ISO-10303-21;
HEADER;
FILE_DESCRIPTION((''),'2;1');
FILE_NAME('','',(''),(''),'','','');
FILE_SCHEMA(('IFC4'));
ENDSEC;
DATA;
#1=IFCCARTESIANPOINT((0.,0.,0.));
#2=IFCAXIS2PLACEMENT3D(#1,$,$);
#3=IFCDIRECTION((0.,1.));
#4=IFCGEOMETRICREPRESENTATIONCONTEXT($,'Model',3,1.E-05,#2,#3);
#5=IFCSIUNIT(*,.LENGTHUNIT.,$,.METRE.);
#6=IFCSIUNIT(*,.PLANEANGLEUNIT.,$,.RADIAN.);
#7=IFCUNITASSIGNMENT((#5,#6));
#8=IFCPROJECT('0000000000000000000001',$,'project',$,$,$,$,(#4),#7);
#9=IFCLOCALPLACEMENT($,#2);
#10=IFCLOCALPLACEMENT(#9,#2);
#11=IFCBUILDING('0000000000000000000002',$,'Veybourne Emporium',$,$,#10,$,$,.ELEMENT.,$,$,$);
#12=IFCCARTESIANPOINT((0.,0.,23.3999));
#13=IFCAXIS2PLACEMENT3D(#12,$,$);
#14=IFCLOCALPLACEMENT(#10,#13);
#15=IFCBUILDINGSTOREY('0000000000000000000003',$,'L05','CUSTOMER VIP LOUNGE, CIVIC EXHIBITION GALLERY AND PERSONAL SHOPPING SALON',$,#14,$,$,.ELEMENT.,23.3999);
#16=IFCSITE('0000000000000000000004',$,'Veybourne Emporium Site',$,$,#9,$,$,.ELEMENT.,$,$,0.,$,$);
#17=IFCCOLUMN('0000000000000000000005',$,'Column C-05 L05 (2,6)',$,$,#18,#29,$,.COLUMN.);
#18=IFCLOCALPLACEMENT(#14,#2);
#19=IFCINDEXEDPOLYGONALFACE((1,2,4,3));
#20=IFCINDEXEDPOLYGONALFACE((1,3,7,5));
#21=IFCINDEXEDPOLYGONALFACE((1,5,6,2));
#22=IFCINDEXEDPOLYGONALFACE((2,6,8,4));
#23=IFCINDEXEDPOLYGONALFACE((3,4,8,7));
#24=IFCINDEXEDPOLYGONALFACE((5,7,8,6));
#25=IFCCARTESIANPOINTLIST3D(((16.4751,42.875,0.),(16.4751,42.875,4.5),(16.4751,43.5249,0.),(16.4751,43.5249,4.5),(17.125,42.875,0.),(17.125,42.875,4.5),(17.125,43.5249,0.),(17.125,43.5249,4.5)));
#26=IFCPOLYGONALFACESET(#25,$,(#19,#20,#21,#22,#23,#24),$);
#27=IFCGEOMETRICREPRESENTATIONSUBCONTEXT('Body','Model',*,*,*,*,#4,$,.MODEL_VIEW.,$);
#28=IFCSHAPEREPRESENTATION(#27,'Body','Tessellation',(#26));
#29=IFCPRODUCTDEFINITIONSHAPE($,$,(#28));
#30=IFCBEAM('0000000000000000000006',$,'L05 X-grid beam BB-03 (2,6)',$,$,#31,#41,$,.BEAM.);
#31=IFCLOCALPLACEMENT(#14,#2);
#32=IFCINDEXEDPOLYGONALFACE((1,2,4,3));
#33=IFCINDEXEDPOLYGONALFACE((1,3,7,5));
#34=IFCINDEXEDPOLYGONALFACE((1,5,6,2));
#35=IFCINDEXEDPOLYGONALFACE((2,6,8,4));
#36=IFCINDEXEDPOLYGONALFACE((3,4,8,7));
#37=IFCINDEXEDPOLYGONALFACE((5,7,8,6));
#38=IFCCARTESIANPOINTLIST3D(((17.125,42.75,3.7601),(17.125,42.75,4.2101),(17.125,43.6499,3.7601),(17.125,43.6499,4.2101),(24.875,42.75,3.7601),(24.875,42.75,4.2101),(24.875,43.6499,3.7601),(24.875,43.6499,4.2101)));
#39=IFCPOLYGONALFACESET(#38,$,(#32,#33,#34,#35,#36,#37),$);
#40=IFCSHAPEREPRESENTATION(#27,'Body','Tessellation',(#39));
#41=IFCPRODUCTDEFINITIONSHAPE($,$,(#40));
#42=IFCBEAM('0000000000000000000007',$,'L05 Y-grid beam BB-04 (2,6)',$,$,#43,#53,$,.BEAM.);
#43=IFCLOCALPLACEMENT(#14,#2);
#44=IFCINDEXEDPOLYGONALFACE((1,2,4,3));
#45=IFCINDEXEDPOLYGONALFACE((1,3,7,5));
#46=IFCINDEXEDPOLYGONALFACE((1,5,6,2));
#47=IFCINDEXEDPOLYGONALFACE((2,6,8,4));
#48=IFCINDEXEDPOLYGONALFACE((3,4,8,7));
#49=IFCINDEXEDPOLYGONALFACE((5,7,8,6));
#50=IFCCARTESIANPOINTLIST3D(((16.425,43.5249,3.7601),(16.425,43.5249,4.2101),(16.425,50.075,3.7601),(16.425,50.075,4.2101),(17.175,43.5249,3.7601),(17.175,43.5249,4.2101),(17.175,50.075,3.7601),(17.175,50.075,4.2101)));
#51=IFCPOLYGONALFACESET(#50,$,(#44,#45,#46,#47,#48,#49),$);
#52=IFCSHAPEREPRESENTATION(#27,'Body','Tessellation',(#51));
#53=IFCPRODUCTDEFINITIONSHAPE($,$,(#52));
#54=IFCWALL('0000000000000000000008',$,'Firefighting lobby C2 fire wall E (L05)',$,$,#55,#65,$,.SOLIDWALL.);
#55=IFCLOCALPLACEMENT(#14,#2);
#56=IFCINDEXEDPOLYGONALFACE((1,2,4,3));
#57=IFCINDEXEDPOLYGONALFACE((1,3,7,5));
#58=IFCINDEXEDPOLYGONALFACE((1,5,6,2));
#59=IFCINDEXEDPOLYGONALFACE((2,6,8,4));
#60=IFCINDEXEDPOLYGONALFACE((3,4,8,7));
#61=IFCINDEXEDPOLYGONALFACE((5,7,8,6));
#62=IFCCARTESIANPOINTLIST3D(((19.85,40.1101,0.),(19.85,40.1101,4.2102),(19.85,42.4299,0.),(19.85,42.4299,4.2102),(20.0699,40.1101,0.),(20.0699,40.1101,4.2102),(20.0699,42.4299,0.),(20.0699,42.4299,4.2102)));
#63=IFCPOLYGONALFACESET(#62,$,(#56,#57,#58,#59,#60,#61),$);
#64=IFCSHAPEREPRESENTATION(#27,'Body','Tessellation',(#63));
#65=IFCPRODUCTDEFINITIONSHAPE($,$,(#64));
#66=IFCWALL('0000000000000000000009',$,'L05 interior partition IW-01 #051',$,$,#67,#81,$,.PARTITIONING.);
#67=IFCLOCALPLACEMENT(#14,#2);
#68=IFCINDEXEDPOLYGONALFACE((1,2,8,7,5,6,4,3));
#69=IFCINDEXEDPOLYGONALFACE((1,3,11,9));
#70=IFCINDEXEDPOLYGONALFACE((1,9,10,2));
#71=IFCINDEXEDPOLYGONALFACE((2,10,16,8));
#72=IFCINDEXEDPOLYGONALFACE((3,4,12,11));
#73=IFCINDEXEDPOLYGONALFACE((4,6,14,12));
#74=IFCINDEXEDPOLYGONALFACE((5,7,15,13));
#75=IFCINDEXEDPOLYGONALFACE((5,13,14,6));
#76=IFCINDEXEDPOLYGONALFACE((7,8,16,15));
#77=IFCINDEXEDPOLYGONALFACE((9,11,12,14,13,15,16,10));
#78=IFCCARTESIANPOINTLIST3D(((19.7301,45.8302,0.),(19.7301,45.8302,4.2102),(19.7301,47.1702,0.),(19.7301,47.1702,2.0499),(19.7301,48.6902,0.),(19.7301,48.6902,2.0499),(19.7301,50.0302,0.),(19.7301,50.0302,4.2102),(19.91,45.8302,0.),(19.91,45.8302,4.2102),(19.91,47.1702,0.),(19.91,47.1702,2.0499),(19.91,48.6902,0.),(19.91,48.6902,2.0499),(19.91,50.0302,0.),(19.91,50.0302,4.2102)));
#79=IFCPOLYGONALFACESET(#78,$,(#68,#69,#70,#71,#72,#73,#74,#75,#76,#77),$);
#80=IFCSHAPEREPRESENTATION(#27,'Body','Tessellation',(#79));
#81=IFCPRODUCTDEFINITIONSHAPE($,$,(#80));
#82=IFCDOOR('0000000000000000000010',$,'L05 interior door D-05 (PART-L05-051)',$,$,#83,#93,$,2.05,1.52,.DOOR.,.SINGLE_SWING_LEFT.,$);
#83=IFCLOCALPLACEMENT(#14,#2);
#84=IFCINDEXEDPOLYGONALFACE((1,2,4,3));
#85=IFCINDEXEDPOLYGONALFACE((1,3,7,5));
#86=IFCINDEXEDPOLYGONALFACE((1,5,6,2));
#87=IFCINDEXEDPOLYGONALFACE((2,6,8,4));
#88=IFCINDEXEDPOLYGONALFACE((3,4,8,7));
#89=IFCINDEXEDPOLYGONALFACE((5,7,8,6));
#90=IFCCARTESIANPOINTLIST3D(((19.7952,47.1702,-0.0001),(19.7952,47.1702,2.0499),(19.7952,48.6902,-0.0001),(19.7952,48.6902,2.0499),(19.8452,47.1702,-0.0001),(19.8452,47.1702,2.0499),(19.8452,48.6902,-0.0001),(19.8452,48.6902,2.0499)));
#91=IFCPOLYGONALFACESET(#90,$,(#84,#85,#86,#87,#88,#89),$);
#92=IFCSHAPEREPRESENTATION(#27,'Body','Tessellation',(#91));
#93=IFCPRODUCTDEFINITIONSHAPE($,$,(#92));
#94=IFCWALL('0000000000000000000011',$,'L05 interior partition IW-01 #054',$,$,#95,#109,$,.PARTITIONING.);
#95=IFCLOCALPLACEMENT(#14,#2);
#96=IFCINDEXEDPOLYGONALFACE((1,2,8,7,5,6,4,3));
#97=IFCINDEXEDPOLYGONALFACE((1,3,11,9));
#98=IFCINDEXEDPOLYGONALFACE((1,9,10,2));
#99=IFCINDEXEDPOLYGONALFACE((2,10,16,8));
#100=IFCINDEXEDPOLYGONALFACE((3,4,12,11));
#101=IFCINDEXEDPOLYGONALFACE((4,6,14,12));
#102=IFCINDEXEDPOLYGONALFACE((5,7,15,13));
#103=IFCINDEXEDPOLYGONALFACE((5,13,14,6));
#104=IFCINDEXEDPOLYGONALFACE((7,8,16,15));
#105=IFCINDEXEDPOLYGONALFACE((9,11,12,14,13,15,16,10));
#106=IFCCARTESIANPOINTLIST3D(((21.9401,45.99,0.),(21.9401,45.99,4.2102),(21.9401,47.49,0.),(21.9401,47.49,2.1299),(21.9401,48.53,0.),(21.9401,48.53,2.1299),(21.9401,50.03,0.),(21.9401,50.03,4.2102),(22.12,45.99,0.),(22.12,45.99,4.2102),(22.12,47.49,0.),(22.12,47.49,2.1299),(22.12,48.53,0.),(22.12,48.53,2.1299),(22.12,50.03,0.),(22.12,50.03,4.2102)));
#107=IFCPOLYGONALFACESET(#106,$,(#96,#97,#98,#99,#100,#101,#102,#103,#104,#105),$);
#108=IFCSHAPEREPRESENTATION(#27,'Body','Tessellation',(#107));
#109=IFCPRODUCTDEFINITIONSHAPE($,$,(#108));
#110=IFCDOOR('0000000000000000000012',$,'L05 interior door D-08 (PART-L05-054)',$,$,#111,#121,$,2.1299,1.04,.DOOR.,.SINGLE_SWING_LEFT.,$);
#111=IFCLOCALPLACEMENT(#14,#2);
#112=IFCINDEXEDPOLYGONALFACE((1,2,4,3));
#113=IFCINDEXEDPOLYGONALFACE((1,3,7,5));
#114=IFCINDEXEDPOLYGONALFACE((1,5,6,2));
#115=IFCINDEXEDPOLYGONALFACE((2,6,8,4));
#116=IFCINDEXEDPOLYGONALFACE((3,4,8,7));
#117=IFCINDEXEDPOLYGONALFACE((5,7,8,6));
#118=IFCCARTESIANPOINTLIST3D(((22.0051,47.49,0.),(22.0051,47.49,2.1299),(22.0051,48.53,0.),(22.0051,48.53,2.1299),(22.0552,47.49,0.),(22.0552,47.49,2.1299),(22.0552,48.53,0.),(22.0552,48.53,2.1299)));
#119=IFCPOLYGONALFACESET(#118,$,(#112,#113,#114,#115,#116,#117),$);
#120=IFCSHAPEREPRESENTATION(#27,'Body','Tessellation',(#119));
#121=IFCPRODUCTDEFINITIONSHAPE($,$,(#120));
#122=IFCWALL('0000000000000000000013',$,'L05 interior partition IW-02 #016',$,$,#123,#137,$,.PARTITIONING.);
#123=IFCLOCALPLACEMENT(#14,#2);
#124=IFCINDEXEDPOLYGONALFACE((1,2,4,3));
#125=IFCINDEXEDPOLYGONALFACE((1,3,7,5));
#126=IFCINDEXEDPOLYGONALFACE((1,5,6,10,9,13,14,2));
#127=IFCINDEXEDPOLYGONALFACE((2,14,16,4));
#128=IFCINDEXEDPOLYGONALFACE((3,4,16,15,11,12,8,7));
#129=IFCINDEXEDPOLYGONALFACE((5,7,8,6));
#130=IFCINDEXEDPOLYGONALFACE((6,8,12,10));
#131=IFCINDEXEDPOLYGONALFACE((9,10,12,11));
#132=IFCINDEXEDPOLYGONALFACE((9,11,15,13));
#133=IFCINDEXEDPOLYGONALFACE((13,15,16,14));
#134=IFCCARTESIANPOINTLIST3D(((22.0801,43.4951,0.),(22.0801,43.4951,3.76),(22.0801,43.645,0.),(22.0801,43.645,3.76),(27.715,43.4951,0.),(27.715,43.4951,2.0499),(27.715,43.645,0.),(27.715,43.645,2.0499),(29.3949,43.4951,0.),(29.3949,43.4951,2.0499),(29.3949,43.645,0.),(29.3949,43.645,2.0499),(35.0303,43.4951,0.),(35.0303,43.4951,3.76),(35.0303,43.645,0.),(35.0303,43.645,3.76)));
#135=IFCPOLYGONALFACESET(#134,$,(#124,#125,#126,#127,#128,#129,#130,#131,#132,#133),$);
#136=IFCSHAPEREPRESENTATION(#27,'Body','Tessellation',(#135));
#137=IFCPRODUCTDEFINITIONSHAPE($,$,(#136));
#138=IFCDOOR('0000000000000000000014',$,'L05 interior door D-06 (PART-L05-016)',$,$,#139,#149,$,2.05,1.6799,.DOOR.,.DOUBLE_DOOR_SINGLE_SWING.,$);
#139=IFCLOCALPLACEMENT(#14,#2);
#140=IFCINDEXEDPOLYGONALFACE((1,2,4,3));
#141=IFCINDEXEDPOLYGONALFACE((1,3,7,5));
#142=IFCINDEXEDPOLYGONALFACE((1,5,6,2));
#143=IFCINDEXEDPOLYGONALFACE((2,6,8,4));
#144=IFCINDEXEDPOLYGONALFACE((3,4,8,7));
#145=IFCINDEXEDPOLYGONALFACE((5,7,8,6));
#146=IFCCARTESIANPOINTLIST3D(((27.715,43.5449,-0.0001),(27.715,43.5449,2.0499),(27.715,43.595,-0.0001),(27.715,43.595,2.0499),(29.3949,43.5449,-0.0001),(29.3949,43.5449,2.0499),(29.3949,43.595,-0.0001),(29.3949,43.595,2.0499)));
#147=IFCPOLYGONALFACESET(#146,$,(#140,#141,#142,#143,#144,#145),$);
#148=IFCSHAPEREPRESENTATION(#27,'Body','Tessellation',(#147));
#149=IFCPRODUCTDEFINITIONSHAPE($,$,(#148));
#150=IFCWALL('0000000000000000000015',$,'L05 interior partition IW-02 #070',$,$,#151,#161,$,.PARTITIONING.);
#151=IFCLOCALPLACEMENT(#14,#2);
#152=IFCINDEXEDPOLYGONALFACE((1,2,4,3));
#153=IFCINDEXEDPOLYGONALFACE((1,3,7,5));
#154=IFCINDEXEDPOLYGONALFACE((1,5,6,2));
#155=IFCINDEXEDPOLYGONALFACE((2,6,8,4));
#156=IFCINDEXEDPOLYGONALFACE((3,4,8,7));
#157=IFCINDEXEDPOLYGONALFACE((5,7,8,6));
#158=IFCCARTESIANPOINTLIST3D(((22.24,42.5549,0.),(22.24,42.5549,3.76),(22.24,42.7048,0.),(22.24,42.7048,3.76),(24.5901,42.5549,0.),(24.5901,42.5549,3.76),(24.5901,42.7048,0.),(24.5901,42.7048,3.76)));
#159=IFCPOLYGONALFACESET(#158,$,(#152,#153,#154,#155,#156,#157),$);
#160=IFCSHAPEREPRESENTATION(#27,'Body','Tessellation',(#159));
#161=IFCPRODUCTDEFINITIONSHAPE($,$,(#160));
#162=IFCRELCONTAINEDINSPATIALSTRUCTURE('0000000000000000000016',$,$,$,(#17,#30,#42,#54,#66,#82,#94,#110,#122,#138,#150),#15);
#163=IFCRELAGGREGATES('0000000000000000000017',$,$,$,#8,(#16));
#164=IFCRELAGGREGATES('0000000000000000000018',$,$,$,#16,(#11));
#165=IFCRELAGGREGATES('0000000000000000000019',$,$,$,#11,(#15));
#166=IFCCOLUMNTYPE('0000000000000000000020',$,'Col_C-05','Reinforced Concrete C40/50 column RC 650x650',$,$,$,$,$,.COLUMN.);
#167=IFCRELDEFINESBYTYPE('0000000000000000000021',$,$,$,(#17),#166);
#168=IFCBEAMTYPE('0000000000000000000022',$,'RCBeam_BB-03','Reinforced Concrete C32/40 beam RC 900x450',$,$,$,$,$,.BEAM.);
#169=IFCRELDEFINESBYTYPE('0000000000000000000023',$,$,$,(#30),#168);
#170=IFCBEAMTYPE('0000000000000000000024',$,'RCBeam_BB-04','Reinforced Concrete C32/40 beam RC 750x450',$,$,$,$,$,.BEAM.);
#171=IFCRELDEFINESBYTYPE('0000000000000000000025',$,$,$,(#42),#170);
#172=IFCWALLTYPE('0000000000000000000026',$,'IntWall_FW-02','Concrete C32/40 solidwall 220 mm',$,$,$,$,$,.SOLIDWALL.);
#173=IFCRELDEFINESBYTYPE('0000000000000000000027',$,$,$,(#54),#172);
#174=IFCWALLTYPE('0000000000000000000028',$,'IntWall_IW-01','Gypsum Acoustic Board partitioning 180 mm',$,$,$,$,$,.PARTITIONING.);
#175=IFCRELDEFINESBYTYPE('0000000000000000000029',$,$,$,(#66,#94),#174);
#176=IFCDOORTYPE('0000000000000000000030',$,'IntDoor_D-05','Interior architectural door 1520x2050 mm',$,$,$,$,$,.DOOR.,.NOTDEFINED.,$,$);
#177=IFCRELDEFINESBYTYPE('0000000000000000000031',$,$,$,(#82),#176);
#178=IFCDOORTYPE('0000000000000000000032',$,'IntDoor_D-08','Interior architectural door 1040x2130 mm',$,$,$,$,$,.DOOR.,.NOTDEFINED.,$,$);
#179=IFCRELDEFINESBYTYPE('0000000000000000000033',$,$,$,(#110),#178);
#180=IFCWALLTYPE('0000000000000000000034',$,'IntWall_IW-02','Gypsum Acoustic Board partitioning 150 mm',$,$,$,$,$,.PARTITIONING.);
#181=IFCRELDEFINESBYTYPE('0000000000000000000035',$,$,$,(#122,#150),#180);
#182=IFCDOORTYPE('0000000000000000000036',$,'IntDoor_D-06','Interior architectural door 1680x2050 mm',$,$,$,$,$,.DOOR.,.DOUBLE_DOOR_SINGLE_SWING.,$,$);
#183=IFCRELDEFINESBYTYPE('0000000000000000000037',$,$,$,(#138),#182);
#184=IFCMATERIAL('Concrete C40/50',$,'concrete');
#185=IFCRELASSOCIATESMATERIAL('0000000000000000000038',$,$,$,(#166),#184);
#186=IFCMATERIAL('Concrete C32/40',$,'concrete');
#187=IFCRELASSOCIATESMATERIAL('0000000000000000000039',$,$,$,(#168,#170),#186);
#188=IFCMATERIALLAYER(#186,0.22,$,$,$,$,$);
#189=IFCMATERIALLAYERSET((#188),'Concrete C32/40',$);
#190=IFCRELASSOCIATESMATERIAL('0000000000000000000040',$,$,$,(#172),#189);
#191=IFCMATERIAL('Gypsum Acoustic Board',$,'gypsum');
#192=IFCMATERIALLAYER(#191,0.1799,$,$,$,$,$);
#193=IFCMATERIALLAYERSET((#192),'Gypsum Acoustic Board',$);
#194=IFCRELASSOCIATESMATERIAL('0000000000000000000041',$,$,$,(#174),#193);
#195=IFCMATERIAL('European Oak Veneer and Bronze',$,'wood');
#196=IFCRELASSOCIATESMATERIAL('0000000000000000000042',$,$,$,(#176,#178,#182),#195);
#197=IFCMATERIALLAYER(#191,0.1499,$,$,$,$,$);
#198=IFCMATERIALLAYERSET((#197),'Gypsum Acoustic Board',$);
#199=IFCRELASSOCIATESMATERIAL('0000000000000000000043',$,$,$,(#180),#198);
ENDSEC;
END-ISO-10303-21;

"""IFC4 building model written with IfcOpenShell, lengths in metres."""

from ifc_helpers import new_model, si_unit, direction, frame, frame_2d, origin, origin_2d, place, context, subcontext, project, spatial, rectangle, extrude, material, layer, layer_set, material_profile, profile_set, type_object, element, fill, save


model = new_model("IFC4")

# Units and contexts
model_context = context("Model", 3, precision=1e-05, world=origin(), true_north=direction((0.0, 1.0)))
body_context = subcontext(model_context, "Body", "Model", "MODEL_VIEW")
ifc_project = project(units=[si_unit("LENGTHUNIT", "METRE"), si_unit("PLANEANGLEUNIT", "RADIAN")], contexts=[model_context])

# Site, building, storey
site_placement = place(None, origin())
site = spatial("IfcSite", under=ifc_project, at=site_placement, Name="Veybourne Emporium Site", CompositionType="ELEMENT", RefElevation=0.0)
building_placement = place(site_placement, origin())
building = spatial("IfcBuilding", under=site, at=building_placement, Name="Veybourne Emporium", CompositionType="ELEMENT")
storey_placement = place(building_placement, frame((0.0, 0.0, 23.3999)))
storey = spatial("IfcBuildingStorey", under=building, at=storey_placement, Name="L05", Description="CUSTOMER VIP LOUNGE, CIVIC EXHIBITION GALLERY AND PERSONAL SHOPPING SALON", CompositionType="ELEMENT", Elevation=23.3999)

# Column
ifc_material_1 = material(Name="Concrete C40/50", Category="concrete")
ifc_material_profile_1 = material_profile(ifc_material_1, rectangle(XDim=0.6499, YDim=0.6499, at=origin_2d()), Name="RC 650x650")
ifc_profile_set_1 = profile_set([ifc_material_profile_1], Name="Concrete C40/50")
column_type = type_object("IfcColumnType", Name="Col_C-05", Description="Reinforced Concrete C40/50 column RC 650x650", PredefinedType="COLUMN", material=ifc_profile_set_1)
column_placement = place(storey_placement, frame((16.8, 43.2, 0.0), z_axis=(0.0, 0.0, 1.0), x_axis=(1.0, 0.0, 0.0)))
element("IfcColumn", 1, at=column_placement, inside=storey, type_object=column_type, Name="Column C-05 L05 (2,6)", PredefinedType="COLUMN", context=body_context, shape_type="SweptSolid", body=[
    extrude(rectangle(XDim=0.6499, YDim=0.6499, at=origin_2d()), origin(), (0.0, 0.0, 1.0), 4.5),
])

# Beams
ifc_material_2 = material(Name="Concrete C32/40", Category="concrete")
ifc_material_profile_2 = material_profile(ifc_material_2, rectangle(XDim=0.8999, YDim=0.45, at=origin_2d()), Name="RC 900x450")
ifc_profile_set_2 = profile_set([ifc_material_profile_2], Name="Concrete C32/40")
beam_type_1 = type_object("IfcBeamType", Name="RCBeam_BB-03", Description="Reinforced Concrete C32/40 beam RC 900x450", PredefinedType="BEAM", material=ifc_profile_set_2)
beam_1_placement = place(storey_placement, frame((17.125, 43.2, 3.9851), z_axis=(1.0, 0.0, 0.0), x_axis=(0.0, 1.0, 0.0)))
element("IfcBeam", 2, at=beam_1_placement, inside=storey, type_object=beam_type_1, Name="L05 X-grid beam BB-03 (2,6)", PredefinedType="BEAM", context=body_context, shape_type="SweptSolid", body=[
    extrude(rectangle(XDim=0.8999, YDim=0.45, at=origin_2d()), origin(), (0.0, 0.0, 1.0), 7.75),
])
ifc_material_profile_3 = material_profile(ifc_material_2, rectangle(XDim=0.75, YDim=0.45, at=origin_2d()), Name="RC 750x450")
ifc_profile_set_3 = profile_set([ifc_material_profile_3], Name="Concrete C32/40")
beam_type_2 = type_object("IfcBeamType", Name="RCBeam_BB-04", Description="Reinforced Concrete C32/40 beam RC 750x450", PredefinedType="BEAM", material=ifc_profile_set_3)
beam_2_placement = place(storey_placement, frame((16.8, 43.5249, 3.9851), z_axis=(0.0, 1.0, 0.0), x_axis=(-1.0, 0.0, 0.0)))
element("IfcBeam", 3, at=beam_2_placement, inside=storey, type_object=beam_type_2, Name="L05 Y-grid beam BB-04 (2,6)", PredefinedType="BEAM", context=body_context, shape_type="SweptSolid", body=[
    extrude(rectangle(XDim=0.75, YDim=0.45, at=origin_2d()), origin(), (0.0, 0.0, 1.0), 6.55),
])

# Shared definitions
ifc_layer_1 = layer(ifc_material_2, 0.22)
ifc_layer_set_1 = layer_set([ifc_layer_1], Name="Concrete C32/40")
wall_type_1 = type_object("IfcWallType", Name="IntWall_FW-02", Description="Concrete C32/40 solidwall 220 mm", PredefinedType="SOLIDWALL", material=ifc_layer_set_1)

# Wall
wall_1_placement = place(storey_placement, frame((19.96, 40.1101, 0.0), z_axis=(0.0, 0.0, 1.0), x_axis=(0.0, 1.0, 0.0)))
element("IfcWall", 4, at=wall_1_placement, inside=storey, type_object=wall_type_1, Name="Firefighting lobby C2 fire wall E (L05)", PredefinedType="SOLIDWALL", context=body_context, shape_type="SweptSolid", body=[
    extrude(rectangle(XDim=2.3198, YDim=0.22, at=frame_2d((1.1599, 0.0))), origin(), (0.0, 0.0, 1.0), 4.2102),
])

# Walls, openings, doors
ifc_material_3 = material(Name="Gypsum Acoustic Board", Category="gypsum")
ifc_layer_2 = layer(ifc_material_3, 0.1799)
ifc_layer_set_2 = layer_set([ifc_layer_2], Name="Gypsum Acoustic Board")
wall_type_2 = type_object("IfcWallType", Name="IntWall_IW-01", Description="Gypsum Acoustic Board partitioning 180 mm", PredefinedType="PARTITIONING", material=ifc_layer_set_2)
wall_2_placement = place(storey_placement, frame((19.8201, 45.8301, 0.0), z_axis=(0.0, 0.0, 1.0), x_axis=(0.0, 1.0, 0.0)))
wall_2 = element("IfcWall", 5, at=wall_2_placement, inside=storey, type_object=wall_type_2, Name="L05 interior partition IW-01 #051", PredefinedType="PARTITIONING", context=body_context, shape_type="SweptSolid", body=[
    extrude(rectangle(XDim=4.2, YDim=0.1799, at=frame_2d((2.1001, 0.0))), origin(), (0.0, 0.0, 1.0), 4.2102),
])
opening_1_placement = place(wall_2_placement, frame((1.3401, 0.0, 0.0)))
opening_1 = element("IfcOpeningElement", 6, at=opening_1_placement, cuts=wall_2, PredefinedType="OPENING", context=body_context, shape_type="SweptSolid", body=[
    extrude(rectangle(XDim=1.52, YDim=2.05, at=frame_2d((0.76, 1.0249))), frame((0.0, 0.1099, 0.0), z_axis=(0.0, -1.0, 0.0), x_axis=(1.0, 0.0, 0.0)), (0.0, 0.0, 1.0), 0.22),
])
ifc_material_4 = material(Name="European Oak Veneer and Bronze", Category="wood")
door_type_1 = type_object("IfcDoorType", Name="IntDoor_D-05", Description="Interior architectural door 1520x2050 mm", OperationType="NOTDEFINED", PredefinedType="DOOR", material=ifc_material_4)
door_1_placement = place(opening_1_placement, origin())
door_1 = element("IfcDoor", 7, at=door_1_placement, inside=storey, type_object=door_type_1, Name="L05 interior door D-05 (PART-L05-051)", OperationType="SINGLE_SWING_LEFT", OverallHeight=2.05, OverallWidth=1.52, PredefinedType="DOOR", context=body_context, shape_type="SweptSolid", body=[
    extrude(rectangle(XDim=1.52, YDim=2.05, at=frame_2d((0.76, 1.0249))), frame((0.0, 0.0249, 0.0), z_axis=(0.0, -1.0, 0.0), x_axis=(1.0, 0.0, 0.0)), (0.0, 0.0, 1.0), 0.05),
])
fill(opening_1, door_1)
wall_3_placement = place(storey_placement, frame((22.03, 45.99, 0.0), z_axis=(0.0, 0.0, 1.0), x_axis=(0.0, 1.0, 0.0)))
wall_3 = element("IfcWall", 8, at=wall_3_placement, inside=storey, type_object=wall_type_2, Name="L05 interior partition IW-01 #054", PredefinedType="PARTITIONING", context=body_context, shape_type="SweptSolid", body=[
    extrude(rectangle(XDim=4.04, YDim=0.1799, at=frame_2d((2.02, 0.0))), origin(), (0.0, 0.0, 1.0), 4.2102),
])
opening_2_placement = place(wall_3_placement, frame((1.5, 0.0, 0.0)))
opening_2 = element("IfcOpeningElement", 9, at=opening_2_placement, cuts=wall_3, PredefinedType="OPENING", context=body_context, shape_type="SweptSolid", body=[
    extrude(rectangle(XDim=1.04, YDim=2.1299, at=frame_2d((0.52, 1.0649))), frame((0.0, 0.1099, 0.0), z_axis=(0.0, -1.0, 0.0), x_axis=(1.0, 0.0, 0.0)), (0.0, 0.0, 1.0), 0.22),
])
door_type_2 = type_object("IfcDoorType", Name="IntDoor_D-08", Description="Interior architectural door 1040x2130 mm", OperationType="NOTDEFINED", PredefinedType="DOOR", material=ifc_material_4)
door_2_placement = place(opening_2_placement, origin())
door_2 = element("IfcDoor", 10, at=door_2_placement, inside=storey, type_object=door_type_2, Name="L05 interior door D-08 (PART-L05-054)", OperationType="SINGLE_SWING_LEFT", OverallHeight=2.1299, OverallWidth=1.04, PredefinedType="DOOR", context=body_context, shape_type="SweptSolid", body=[
    extrude(rectangle(XDim=1.04, YDim=2.1299, at=frame_2d((0.52, 1.0649))), frame((0.0, 0.0249, 0.0), z_axis=(0.0, -1.0, 0.0), x_axis=(1.0, 0.0, 0.0)), (0.0, 0.0, 1.0), 0.05),
])
fill(opening_2, door_2)
ifc_layer_3 = layer(ifc_material_3, 0.1499)
ifc_layer_set_3 = layer_set([ifc_layer_3], Name="Gypsum Acoustic Board")
wall_type_3 = type_object("IfcWallType", Name="IntWall_IW-02", Description="Gypsum Acoustic Board partitioning 150 mm", PredefinedType="PARTITIONING", material=ifc_layer_set_3)
wall_4_placement = place(storey_placement, frame((22.0801, 43.5701, 0.0), z_axis=(0.0, 0.0, 1.0), x_axis=(1.0, 0.0, 0.0)))
wall_4 = element("IfcWall", 11, at=wall_4_placement, inside=storey, type_object=wall_type_3, Name="L05 interior partition IW-02 #016", PredefinedType="PARTITIONING", context=body_context, shape_type="SweptSolid", body=[
    extrude(rectangle(XDim=12.9502, YDim=0.1499, at=frame_2d((6.4751, 0.0))), origin(), (0.0, 0.0, 1.0), 3.76),
])
opening_3_placement = place(wall_4_placement, frame((5.635, 0.0, 0.0)))
opening_3 = element("IfcOpeningElement", 12, at=opening_3_placement, cuts=wall_4, PredefinedType="OPENING", context=body_context, shape_type="SweptSolid", body=[
    extrude(rectangle(XDim=1.6799, YDim=2.05, at=frame_2d((0.8398, 1.0249))), frame((0.0, 0.095, 0.0), z_axis=(0.0, -1.0, 0.0), x_axis=(1.0, 0.0, 0.0)), (0.0, 0.0, 1.0), 0.1899),
])
door_type_3 = type_object("IfcDoorType", Name="IntDoor_D-06", Description="Interior architectural door 1680x2050 mm", OperationType="DOUBLE_DOOR_SINGLE_SWING", PredefinedType="DOOR", material=ifc_material_4)
door_3_placement = place(opening_3_placement, origin())
door_3 = element("IfcDoor", 13, at=door_3_placement, inside=storey, type_object=door_type_3, Name="L05 interior door D-06 (PART-L05-016)", OperationType="DOUBLE_DOOR_SINGLE_SWING", OverallHeight=2.05, OverallWidth=1.6799, PredefinedType="DOOR", context=body_context, shape_type="SweptSolid", body=[
    extrude(rectangle(XDim=1.6799, YDim=2.05, at=frame_2d((0.8398, 1.0249))), frame((0.0, 0.0249, 0.0), z_axis=(0.0, -1.0, 0.0), x_axis=(1.0, 0.0, 0.0)), (0.0, 0.0, 1.0), 0.05),
])
fill(opening_3, door_3)

# Wall
wall_5_placement = place(storey_placement, frame((22.24, 42.6299, 0.0), z_axis=(0.0, 0.0, 1.0), x_axis=(1.0, 0.0, 0.0)))
element("IfcWall", 14, at=wall_5_placement, inside=storey, type_object=wall_type_3, Name="L05 interior partition IW-02 #070", PredefinedType="PARTITIONING", context=body_context, shape_type="SweptSolid", body=[
    extrude(rectangle(XDim=2.3501, YDim=0.1499, at=frame_2d((1.175, 0.0))), origin(), (0.0, 0.0, 1.0), 3.76),
])

save(model, "model.ifc")
